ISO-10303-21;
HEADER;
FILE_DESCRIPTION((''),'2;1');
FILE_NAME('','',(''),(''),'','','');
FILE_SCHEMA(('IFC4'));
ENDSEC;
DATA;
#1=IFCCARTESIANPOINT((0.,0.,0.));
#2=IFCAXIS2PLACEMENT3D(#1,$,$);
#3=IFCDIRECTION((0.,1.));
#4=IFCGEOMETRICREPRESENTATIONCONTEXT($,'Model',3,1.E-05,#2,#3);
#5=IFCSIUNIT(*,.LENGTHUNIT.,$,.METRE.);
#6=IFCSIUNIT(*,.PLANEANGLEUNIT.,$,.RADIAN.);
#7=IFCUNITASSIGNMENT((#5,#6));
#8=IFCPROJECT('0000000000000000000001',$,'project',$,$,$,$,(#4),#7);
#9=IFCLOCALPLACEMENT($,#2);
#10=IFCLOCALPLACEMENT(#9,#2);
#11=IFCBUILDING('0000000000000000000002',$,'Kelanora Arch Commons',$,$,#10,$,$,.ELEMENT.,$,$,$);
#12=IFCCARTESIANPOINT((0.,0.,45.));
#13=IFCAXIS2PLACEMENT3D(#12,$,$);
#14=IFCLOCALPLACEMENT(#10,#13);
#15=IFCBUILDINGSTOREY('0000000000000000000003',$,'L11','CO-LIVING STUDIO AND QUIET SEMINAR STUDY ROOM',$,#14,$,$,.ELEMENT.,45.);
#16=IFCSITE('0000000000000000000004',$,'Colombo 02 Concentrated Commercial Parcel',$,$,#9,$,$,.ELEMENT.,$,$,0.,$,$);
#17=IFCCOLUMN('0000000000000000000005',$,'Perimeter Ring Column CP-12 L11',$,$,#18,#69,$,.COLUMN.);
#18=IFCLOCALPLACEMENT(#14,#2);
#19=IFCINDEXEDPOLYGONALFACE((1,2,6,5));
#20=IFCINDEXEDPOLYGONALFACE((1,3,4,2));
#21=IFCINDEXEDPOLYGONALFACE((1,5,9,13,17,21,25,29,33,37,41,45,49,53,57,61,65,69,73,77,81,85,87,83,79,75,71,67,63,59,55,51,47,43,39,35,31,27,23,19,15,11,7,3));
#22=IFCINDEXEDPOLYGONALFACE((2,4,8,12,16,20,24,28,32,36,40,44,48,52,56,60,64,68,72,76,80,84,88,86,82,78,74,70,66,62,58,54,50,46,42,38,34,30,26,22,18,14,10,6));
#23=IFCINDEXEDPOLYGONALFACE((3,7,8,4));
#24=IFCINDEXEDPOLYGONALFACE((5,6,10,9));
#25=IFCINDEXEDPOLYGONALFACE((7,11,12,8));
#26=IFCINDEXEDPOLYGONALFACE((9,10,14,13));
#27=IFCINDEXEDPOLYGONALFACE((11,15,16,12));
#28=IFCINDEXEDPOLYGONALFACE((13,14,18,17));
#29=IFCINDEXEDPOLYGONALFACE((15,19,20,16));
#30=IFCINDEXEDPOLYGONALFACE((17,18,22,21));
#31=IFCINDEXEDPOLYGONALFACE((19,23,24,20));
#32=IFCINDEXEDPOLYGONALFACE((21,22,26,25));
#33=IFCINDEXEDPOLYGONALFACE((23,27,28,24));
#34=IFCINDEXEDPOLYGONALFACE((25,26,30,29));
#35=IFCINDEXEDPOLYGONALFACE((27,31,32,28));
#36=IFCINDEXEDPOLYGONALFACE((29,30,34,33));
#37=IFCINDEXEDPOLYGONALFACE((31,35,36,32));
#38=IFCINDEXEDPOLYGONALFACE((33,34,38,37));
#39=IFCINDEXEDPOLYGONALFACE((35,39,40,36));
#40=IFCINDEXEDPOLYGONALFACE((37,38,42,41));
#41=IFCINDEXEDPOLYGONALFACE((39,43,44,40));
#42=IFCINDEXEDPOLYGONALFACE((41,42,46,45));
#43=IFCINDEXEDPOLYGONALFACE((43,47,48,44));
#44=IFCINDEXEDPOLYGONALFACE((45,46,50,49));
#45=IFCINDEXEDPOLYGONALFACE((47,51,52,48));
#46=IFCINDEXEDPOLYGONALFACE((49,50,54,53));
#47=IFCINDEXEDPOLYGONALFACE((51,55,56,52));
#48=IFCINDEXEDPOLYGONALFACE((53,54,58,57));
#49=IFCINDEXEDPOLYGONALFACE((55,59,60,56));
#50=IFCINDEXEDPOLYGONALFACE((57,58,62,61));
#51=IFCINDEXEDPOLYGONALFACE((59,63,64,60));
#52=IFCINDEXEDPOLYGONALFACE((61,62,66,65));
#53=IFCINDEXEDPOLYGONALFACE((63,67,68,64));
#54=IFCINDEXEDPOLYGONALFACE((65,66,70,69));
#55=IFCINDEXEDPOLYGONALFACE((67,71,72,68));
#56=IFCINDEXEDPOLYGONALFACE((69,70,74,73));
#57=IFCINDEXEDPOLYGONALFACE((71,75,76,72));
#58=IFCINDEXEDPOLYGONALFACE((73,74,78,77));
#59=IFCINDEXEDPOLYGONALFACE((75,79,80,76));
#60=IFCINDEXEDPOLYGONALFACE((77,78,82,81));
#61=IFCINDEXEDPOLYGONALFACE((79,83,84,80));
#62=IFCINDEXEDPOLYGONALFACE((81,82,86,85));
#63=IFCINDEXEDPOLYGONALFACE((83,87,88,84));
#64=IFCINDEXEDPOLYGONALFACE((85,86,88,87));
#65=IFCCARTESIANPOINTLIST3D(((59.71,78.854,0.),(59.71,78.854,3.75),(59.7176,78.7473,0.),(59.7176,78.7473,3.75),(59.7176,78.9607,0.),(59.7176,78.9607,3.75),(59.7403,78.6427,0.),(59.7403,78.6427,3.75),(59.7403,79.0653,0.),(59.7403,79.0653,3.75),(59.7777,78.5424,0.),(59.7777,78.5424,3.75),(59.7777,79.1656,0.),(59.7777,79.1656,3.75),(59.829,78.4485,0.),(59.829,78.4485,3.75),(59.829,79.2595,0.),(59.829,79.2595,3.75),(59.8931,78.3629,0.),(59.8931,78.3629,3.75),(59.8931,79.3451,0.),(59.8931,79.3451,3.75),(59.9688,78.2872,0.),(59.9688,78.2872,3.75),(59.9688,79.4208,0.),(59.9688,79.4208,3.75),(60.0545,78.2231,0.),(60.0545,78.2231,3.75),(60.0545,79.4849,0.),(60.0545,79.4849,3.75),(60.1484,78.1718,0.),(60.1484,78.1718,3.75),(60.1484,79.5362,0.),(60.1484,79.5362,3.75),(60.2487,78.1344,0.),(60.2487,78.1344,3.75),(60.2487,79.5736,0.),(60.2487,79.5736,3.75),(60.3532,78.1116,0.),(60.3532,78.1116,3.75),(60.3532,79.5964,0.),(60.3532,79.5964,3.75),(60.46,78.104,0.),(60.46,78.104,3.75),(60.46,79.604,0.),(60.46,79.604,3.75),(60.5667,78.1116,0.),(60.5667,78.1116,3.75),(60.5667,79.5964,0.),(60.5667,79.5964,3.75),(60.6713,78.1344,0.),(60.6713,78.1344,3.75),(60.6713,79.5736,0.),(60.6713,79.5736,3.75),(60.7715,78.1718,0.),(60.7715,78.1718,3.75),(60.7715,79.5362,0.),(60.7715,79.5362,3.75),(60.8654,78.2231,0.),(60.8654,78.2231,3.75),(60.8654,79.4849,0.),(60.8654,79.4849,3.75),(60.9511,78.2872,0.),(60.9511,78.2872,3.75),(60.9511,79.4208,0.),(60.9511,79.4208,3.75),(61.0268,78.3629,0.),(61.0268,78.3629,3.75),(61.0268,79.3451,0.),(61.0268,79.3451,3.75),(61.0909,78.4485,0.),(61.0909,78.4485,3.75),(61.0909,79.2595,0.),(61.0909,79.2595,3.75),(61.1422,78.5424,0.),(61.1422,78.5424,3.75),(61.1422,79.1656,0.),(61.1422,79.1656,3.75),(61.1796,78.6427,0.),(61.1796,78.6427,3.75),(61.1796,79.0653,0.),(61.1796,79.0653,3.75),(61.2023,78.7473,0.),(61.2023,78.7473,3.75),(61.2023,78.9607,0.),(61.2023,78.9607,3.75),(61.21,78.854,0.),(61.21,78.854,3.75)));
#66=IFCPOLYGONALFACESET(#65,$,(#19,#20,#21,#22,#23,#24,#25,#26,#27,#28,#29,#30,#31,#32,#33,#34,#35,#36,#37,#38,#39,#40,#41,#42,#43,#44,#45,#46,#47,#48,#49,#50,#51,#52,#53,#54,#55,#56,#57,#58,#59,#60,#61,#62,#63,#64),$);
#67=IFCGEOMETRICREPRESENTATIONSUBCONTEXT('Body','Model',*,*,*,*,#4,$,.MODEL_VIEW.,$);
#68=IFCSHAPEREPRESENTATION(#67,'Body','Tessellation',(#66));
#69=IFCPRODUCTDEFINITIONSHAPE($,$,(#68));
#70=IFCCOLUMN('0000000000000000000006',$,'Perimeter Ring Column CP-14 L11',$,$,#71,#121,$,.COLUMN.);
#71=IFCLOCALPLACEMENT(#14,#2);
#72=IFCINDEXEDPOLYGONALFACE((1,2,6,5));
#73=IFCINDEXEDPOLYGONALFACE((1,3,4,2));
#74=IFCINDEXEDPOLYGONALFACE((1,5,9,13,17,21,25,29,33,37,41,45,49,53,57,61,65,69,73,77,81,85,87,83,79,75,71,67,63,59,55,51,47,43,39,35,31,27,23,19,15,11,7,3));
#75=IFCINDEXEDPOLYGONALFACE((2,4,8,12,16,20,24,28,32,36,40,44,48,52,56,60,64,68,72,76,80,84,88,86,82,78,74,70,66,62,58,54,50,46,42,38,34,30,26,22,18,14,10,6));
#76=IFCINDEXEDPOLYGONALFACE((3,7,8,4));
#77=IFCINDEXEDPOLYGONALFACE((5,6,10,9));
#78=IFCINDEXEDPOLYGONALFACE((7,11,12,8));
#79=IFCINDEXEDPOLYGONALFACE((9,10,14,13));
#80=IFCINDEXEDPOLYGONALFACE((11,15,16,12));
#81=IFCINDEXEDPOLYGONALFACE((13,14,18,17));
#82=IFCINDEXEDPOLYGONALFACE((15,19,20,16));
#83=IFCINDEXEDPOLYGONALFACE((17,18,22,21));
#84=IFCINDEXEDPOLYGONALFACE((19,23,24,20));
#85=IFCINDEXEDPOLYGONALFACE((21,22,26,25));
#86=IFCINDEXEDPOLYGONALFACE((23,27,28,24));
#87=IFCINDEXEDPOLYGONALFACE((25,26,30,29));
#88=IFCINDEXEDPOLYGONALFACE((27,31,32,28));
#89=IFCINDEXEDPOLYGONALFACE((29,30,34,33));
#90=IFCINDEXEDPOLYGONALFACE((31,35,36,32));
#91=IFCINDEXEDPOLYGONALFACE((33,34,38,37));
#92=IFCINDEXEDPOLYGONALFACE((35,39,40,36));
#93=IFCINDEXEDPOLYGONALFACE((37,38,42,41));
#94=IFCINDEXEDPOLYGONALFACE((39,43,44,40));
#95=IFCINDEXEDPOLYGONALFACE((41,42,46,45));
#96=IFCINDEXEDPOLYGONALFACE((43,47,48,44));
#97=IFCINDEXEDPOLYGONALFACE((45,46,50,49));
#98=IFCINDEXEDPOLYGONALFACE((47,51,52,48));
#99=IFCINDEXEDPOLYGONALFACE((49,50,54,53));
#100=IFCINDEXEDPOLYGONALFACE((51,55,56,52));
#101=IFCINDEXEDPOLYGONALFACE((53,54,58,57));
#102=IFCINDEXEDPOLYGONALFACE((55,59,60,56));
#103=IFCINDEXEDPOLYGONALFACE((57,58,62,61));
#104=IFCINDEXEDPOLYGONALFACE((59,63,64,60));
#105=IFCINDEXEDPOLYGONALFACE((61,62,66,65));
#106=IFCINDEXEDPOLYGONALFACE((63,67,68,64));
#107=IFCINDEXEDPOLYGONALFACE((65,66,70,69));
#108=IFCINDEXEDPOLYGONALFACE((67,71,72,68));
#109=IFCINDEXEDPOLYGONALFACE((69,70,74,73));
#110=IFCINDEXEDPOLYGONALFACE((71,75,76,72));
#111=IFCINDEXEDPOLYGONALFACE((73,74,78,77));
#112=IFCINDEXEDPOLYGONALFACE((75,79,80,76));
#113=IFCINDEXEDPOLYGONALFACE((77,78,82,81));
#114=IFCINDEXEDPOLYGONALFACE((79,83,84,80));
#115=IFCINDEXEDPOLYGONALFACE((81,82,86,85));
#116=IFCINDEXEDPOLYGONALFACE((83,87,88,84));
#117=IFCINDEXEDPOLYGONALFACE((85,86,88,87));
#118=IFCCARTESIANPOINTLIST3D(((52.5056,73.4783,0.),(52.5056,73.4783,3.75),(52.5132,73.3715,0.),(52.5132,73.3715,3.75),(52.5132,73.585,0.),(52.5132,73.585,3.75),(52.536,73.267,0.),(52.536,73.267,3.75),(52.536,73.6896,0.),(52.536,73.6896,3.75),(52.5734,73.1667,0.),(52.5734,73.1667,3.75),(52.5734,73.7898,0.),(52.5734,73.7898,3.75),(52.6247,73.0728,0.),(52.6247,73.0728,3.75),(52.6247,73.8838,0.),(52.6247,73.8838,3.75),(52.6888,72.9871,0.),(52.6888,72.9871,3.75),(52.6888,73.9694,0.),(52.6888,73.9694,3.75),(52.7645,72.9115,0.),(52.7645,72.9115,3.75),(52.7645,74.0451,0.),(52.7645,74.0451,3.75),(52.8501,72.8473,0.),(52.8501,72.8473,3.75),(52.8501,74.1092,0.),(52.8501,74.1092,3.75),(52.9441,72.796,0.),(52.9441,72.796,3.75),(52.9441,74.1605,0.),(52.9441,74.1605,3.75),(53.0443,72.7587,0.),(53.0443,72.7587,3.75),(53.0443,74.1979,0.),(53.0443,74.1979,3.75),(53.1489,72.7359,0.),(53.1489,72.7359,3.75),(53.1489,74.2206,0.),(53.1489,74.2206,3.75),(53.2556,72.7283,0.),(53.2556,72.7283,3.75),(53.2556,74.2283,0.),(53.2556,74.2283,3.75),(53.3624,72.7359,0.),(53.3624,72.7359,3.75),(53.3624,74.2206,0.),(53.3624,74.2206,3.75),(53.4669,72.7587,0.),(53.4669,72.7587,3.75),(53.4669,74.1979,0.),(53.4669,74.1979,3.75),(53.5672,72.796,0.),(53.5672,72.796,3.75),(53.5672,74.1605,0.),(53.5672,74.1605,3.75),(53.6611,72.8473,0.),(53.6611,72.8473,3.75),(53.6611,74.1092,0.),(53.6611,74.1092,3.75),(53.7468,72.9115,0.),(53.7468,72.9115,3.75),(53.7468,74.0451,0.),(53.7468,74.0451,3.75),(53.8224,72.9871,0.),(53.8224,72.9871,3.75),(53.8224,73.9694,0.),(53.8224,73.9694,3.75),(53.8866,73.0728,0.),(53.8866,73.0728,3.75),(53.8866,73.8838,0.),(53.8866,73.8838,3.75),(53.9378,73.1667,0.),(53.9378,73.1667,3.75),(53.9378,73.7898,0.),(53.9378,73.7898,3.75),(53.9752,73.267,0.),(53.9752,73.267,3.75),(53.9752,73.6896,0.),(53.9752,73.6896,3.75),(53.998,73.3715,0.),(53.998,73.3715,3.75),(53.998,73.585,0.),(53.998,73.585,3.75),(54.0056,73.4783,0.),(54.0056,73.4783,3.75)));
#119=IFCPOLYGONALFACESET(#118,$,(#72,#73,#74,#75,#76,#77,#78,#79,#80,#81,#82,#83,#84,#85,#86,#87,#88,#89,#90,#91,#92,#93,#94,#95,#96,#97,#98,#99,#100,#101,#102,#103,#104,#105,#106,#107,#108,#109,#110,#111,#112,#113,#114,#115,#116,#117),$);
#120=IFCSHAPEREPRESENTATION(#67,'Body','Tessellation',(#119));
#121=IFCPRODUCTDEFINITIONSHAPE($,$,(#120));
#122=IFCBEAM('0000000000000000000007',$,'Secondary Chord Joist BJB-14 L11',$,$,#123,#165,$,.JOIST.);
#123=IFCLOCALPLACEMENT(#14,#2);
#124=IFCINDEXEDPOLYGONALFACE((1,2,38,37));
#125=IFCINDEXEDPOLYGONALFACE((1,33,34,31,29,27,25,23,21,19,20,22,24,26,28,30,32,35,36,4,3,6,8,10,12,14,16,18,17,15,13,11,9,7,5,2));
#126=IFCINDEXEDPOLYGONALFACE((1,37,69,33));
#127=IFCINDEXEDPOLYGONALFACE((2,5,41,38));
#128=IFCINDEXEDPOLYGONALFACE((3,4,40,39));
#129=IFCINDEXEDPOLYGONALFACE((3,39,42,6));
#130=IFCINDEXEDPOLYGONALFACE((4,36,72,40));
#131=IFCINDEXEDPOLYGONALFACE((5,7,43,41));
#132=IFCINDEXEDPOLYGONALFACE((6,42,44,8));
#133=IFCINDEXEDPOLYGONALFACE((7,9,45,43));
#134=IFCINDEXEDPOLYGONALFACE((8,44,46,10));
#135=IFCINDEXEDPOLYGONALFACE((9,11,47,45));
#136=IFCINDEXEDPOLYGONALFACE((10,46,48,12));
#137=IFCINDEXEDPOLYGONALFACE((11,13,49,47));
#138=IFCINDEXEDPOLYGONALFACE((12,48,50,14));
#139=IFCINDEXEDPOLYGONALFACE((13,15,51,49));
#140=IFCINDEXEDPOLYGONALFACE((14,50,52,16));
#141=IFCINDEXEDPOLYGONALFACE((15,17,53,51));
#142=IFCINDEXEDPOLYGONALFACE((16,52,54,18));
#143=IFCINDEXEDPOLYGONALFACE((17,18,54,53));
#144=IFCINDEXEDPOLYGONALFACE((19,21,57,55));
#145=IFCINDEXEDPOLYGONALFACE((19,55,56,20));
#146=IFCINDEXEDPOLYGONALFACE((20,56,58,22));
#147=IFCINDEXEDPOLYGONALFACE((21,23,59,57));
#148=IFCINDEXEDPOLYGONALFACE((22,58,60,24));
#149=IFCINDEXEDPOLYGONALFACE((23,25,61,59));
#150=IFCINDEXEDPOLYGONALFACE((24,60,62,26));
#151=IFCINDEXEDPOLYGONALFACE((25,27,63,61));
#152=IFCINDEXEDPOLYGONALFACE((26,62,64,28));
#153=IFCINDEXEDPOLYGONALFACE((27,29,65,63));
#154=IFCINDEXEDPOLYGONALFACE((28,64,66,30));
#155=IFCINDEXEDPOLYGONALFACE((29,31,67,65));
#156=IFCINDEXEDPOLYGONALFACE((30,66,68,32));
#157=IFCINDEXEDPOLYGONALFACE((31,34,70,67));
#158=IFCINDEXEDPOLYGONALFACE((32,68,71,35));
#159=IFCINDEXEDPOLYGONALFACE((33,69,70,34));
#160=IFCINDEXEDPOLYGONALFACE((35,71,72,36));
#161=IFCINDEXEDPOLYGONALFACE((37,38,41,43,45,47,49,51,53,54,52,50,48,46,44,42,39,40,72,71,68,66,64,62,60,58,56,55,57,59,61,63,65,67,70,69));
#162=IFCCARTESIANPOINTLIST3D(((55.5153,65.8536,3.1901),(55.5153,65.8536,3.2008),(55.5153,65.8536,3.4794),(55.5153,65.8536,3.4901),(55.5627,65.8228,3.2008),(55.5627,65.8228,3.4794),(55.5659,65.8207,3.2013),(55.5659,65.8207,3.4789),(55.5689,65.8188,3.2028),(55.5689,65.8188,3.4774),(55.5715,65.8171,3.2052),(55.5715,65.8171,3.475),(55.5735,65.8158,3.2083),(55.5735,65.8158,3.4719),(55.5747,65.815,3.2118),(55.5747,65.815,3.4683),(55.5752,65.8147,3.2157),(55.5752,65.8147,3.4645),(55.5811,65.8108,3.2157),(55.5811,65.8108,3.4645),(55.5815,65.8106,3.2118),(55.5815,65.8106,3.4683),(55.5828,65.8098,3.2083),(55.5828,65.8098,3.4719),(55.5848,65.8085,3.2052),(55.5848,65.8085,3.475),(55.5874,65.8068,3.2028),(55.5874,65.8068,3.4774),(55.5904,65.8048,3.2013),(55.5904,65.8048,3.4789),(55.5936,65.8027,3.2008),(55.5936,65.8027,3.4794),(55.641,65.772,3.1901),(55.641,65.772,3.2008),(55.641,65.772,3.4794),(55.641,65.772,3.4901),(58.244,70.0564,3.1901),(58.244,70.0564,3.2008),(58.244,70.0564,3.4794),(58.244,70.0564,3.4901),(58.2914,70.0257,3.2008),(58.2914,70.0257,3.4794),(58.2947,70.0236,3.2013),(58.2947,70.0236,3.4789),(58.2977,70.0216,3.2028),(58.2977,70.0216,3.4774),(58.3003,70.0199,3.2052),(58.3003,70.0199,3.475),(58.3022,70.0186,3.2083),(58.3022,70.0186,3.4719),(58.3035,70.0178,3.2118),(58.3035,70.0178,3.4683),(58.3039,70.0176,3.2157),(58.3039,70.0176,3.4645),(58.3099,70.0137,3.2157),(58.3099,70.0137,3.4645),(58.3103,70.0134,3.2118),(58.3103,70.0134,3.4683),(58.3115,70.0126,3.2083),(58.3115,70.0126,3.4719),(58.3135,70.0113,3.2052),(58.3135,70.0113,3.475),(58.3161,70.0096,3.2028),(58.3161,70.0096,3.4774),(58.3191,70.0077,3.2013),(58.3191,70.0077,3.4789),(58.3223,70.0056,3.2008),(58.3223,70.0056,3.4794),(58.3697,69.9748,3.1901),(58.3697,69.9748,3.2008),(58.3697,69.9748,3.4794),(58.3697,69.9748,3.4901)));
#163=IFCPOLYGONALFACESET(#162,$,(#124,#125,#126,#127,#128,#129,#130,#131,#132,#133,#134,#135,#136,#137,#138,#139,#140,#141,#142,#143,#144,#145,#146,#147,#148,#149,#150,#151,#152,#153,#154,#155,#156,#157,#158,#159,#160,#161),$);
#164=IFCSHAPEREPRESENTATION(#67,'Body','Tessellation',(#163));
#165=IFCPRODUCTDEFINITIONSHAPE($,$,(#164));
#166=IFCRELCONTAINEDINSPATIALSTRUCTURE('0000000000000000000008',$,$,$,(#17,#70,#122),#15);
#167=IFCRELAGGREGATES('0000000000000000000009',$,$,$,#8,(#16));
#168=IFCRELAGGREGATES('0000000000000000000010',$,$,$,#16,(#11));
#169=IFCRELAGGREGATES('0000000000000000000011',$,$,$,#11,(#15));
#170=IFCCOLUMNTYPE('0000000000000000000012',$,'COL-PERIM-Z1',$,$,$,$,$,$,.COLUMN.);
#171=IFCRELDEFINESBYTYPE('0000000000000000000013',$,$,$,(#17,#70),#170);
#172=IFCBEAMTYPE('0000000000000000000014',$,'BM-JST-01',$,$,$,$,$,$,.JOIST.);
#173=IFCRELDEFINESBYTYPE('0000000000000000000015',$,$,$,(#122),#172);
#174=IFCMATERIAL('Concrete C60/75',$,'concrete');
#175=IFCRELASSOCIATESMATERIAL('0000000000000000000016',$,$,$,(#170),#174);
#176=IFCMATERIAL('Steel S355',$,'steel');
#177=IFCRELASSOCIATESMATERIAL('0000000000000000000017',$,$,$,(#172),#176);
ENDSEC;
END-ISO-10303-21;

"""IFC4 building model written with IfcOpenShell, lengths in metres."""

from ifc_helpers import new_model, si_unit, direction, frame, origin, origin_2d, place, context, subcontext, project, spatial, circle, i_section, extrude, material, material_profile, profile_set, type_object, element, save


model = new_model("IFC4")

# Units and contexts
model_context = context("Model", 3, precision=1e-05, world=origin(), true_north=direction((0.0, 1.0)))
body_context = subcontext(model_context, "Body", "Model", "MODEL_VIEW")
ifc_project = project(units=[si_unit("LENGTHUNIT", "METRE"), si_unit("PLANEANGLEUNIT", "RADIAN")], contexts=[model_context])

# Site, building, storey
site_placement = place(None, origin())
site = spatial("IfcSite", under=ifc_project, at=site_placement, Name="Colombo 02 Concentrated Commercial Parcel", CompositionType="ELEMENT", RefElevation=0.0)
building_placement = place(site_placement, origin())
building = spatial("IfcBuilding", under=site, at=building_placement, Name="Kelanora Arch Commons", CompositionType="ELEMENT")
storey_placement = place(building_placement, frame((0.0, 0.0, 45.0)))
storey = spatial("IfcBuildingStorey", under=building, at=storey_placement, Name="L11", Description="CO-LIVING STUDIO AND QUIET SEMINAR STUDY ROOM", CompositionType="ELEMENT", Elevation=45.0)

# Columns
ifc_material_1 = material(Name="Concrete C60/75", Category="concrete")
ifc_material_profile_1 = material_profile(ifc_material_1, circle(Radius=0.75, at=origin_2d()), Name="RCC1500")
ifc_profile_set_1 = profile_set([ifc_material_profile_1], Name="Concrete C60/75")
column_type = type_object("IfcColumnType", Name="COL-PERIM-Z1", PredefinedType="COLUMN", material=ifc_profile_set_1)
for number, where, z_axis, x_axis, name in (
    (1, (60.46, 78.854, 0.0), (0.0, 0.0, 1.0), (1.0, 0.0, 0.0), "Perimeter Ring Column CP-12 L11"),
    (2, (53.2556, 73.4783, 0.0), (0.0, 0.0, 1.0), (1.0, 0.0, 0.0), "Perimeter Ring Column CP-14 L11"),
):
    element("IfcColumn", number, at=place(storey_placement, frame(where, z_axis=z_axis, x_axis=x_axis)), inside=storey, type_object=column_type, Name=name, PredefinedType="COLUMN", context=body_context, shape_type="SweptSolid", body=[
        extrude(circle(Radius=0.75, at=origin_2d()), origin(), (0.0, 0.0, 1.0), 3.75),
    ])

# Beam
ifc_material_2 = material(Name="Steel S355", Category="steel")
ifc_material_profile_2 = material_profile(ifc_material_2, i_section(OverallWidth=0.1499, OverallDepth=0.3, WebThickness=0.0071, FlangeThickness=0.0107, FilletRadius=0.0149, at=origin_2d()), Name="IPE300")
ifc_profile_set_2 = profile_set([ifc_material_profile_2], Name="Steel S355")
beam_type_1 = type_object("IfcBeamType", Name="BM-JST-01", PredefinedType="JOIST", material=ifc_profile_set_2)
beam_1_placement = place(storey_placement, frame((58.3069, 70.0156, 3.3401), z_axis=(-0.544552, -0.838727, 0.0), x_axis=(0.838727, -0.544552, 0.0)))
element("IfcBeam", 3, at=beam_1_placement, inside=storey, type_object=beam_type_1, Name="Secondary Chord Joist BJB-14 L11", PredefinedType="JOIST", context=body_context, shape_type="SweptSolid", body=[
    extrude(i_section(OverallWidth=0.1499, OverallDepth=0.3, WebThickness=0.0071, FlangeThickness=0.0107, FilletRadius=0.0149, at=origin_2d()), origin(), (0.0, 0.0, 1.0), 5.011),
])

save(model, "model.ifc")
